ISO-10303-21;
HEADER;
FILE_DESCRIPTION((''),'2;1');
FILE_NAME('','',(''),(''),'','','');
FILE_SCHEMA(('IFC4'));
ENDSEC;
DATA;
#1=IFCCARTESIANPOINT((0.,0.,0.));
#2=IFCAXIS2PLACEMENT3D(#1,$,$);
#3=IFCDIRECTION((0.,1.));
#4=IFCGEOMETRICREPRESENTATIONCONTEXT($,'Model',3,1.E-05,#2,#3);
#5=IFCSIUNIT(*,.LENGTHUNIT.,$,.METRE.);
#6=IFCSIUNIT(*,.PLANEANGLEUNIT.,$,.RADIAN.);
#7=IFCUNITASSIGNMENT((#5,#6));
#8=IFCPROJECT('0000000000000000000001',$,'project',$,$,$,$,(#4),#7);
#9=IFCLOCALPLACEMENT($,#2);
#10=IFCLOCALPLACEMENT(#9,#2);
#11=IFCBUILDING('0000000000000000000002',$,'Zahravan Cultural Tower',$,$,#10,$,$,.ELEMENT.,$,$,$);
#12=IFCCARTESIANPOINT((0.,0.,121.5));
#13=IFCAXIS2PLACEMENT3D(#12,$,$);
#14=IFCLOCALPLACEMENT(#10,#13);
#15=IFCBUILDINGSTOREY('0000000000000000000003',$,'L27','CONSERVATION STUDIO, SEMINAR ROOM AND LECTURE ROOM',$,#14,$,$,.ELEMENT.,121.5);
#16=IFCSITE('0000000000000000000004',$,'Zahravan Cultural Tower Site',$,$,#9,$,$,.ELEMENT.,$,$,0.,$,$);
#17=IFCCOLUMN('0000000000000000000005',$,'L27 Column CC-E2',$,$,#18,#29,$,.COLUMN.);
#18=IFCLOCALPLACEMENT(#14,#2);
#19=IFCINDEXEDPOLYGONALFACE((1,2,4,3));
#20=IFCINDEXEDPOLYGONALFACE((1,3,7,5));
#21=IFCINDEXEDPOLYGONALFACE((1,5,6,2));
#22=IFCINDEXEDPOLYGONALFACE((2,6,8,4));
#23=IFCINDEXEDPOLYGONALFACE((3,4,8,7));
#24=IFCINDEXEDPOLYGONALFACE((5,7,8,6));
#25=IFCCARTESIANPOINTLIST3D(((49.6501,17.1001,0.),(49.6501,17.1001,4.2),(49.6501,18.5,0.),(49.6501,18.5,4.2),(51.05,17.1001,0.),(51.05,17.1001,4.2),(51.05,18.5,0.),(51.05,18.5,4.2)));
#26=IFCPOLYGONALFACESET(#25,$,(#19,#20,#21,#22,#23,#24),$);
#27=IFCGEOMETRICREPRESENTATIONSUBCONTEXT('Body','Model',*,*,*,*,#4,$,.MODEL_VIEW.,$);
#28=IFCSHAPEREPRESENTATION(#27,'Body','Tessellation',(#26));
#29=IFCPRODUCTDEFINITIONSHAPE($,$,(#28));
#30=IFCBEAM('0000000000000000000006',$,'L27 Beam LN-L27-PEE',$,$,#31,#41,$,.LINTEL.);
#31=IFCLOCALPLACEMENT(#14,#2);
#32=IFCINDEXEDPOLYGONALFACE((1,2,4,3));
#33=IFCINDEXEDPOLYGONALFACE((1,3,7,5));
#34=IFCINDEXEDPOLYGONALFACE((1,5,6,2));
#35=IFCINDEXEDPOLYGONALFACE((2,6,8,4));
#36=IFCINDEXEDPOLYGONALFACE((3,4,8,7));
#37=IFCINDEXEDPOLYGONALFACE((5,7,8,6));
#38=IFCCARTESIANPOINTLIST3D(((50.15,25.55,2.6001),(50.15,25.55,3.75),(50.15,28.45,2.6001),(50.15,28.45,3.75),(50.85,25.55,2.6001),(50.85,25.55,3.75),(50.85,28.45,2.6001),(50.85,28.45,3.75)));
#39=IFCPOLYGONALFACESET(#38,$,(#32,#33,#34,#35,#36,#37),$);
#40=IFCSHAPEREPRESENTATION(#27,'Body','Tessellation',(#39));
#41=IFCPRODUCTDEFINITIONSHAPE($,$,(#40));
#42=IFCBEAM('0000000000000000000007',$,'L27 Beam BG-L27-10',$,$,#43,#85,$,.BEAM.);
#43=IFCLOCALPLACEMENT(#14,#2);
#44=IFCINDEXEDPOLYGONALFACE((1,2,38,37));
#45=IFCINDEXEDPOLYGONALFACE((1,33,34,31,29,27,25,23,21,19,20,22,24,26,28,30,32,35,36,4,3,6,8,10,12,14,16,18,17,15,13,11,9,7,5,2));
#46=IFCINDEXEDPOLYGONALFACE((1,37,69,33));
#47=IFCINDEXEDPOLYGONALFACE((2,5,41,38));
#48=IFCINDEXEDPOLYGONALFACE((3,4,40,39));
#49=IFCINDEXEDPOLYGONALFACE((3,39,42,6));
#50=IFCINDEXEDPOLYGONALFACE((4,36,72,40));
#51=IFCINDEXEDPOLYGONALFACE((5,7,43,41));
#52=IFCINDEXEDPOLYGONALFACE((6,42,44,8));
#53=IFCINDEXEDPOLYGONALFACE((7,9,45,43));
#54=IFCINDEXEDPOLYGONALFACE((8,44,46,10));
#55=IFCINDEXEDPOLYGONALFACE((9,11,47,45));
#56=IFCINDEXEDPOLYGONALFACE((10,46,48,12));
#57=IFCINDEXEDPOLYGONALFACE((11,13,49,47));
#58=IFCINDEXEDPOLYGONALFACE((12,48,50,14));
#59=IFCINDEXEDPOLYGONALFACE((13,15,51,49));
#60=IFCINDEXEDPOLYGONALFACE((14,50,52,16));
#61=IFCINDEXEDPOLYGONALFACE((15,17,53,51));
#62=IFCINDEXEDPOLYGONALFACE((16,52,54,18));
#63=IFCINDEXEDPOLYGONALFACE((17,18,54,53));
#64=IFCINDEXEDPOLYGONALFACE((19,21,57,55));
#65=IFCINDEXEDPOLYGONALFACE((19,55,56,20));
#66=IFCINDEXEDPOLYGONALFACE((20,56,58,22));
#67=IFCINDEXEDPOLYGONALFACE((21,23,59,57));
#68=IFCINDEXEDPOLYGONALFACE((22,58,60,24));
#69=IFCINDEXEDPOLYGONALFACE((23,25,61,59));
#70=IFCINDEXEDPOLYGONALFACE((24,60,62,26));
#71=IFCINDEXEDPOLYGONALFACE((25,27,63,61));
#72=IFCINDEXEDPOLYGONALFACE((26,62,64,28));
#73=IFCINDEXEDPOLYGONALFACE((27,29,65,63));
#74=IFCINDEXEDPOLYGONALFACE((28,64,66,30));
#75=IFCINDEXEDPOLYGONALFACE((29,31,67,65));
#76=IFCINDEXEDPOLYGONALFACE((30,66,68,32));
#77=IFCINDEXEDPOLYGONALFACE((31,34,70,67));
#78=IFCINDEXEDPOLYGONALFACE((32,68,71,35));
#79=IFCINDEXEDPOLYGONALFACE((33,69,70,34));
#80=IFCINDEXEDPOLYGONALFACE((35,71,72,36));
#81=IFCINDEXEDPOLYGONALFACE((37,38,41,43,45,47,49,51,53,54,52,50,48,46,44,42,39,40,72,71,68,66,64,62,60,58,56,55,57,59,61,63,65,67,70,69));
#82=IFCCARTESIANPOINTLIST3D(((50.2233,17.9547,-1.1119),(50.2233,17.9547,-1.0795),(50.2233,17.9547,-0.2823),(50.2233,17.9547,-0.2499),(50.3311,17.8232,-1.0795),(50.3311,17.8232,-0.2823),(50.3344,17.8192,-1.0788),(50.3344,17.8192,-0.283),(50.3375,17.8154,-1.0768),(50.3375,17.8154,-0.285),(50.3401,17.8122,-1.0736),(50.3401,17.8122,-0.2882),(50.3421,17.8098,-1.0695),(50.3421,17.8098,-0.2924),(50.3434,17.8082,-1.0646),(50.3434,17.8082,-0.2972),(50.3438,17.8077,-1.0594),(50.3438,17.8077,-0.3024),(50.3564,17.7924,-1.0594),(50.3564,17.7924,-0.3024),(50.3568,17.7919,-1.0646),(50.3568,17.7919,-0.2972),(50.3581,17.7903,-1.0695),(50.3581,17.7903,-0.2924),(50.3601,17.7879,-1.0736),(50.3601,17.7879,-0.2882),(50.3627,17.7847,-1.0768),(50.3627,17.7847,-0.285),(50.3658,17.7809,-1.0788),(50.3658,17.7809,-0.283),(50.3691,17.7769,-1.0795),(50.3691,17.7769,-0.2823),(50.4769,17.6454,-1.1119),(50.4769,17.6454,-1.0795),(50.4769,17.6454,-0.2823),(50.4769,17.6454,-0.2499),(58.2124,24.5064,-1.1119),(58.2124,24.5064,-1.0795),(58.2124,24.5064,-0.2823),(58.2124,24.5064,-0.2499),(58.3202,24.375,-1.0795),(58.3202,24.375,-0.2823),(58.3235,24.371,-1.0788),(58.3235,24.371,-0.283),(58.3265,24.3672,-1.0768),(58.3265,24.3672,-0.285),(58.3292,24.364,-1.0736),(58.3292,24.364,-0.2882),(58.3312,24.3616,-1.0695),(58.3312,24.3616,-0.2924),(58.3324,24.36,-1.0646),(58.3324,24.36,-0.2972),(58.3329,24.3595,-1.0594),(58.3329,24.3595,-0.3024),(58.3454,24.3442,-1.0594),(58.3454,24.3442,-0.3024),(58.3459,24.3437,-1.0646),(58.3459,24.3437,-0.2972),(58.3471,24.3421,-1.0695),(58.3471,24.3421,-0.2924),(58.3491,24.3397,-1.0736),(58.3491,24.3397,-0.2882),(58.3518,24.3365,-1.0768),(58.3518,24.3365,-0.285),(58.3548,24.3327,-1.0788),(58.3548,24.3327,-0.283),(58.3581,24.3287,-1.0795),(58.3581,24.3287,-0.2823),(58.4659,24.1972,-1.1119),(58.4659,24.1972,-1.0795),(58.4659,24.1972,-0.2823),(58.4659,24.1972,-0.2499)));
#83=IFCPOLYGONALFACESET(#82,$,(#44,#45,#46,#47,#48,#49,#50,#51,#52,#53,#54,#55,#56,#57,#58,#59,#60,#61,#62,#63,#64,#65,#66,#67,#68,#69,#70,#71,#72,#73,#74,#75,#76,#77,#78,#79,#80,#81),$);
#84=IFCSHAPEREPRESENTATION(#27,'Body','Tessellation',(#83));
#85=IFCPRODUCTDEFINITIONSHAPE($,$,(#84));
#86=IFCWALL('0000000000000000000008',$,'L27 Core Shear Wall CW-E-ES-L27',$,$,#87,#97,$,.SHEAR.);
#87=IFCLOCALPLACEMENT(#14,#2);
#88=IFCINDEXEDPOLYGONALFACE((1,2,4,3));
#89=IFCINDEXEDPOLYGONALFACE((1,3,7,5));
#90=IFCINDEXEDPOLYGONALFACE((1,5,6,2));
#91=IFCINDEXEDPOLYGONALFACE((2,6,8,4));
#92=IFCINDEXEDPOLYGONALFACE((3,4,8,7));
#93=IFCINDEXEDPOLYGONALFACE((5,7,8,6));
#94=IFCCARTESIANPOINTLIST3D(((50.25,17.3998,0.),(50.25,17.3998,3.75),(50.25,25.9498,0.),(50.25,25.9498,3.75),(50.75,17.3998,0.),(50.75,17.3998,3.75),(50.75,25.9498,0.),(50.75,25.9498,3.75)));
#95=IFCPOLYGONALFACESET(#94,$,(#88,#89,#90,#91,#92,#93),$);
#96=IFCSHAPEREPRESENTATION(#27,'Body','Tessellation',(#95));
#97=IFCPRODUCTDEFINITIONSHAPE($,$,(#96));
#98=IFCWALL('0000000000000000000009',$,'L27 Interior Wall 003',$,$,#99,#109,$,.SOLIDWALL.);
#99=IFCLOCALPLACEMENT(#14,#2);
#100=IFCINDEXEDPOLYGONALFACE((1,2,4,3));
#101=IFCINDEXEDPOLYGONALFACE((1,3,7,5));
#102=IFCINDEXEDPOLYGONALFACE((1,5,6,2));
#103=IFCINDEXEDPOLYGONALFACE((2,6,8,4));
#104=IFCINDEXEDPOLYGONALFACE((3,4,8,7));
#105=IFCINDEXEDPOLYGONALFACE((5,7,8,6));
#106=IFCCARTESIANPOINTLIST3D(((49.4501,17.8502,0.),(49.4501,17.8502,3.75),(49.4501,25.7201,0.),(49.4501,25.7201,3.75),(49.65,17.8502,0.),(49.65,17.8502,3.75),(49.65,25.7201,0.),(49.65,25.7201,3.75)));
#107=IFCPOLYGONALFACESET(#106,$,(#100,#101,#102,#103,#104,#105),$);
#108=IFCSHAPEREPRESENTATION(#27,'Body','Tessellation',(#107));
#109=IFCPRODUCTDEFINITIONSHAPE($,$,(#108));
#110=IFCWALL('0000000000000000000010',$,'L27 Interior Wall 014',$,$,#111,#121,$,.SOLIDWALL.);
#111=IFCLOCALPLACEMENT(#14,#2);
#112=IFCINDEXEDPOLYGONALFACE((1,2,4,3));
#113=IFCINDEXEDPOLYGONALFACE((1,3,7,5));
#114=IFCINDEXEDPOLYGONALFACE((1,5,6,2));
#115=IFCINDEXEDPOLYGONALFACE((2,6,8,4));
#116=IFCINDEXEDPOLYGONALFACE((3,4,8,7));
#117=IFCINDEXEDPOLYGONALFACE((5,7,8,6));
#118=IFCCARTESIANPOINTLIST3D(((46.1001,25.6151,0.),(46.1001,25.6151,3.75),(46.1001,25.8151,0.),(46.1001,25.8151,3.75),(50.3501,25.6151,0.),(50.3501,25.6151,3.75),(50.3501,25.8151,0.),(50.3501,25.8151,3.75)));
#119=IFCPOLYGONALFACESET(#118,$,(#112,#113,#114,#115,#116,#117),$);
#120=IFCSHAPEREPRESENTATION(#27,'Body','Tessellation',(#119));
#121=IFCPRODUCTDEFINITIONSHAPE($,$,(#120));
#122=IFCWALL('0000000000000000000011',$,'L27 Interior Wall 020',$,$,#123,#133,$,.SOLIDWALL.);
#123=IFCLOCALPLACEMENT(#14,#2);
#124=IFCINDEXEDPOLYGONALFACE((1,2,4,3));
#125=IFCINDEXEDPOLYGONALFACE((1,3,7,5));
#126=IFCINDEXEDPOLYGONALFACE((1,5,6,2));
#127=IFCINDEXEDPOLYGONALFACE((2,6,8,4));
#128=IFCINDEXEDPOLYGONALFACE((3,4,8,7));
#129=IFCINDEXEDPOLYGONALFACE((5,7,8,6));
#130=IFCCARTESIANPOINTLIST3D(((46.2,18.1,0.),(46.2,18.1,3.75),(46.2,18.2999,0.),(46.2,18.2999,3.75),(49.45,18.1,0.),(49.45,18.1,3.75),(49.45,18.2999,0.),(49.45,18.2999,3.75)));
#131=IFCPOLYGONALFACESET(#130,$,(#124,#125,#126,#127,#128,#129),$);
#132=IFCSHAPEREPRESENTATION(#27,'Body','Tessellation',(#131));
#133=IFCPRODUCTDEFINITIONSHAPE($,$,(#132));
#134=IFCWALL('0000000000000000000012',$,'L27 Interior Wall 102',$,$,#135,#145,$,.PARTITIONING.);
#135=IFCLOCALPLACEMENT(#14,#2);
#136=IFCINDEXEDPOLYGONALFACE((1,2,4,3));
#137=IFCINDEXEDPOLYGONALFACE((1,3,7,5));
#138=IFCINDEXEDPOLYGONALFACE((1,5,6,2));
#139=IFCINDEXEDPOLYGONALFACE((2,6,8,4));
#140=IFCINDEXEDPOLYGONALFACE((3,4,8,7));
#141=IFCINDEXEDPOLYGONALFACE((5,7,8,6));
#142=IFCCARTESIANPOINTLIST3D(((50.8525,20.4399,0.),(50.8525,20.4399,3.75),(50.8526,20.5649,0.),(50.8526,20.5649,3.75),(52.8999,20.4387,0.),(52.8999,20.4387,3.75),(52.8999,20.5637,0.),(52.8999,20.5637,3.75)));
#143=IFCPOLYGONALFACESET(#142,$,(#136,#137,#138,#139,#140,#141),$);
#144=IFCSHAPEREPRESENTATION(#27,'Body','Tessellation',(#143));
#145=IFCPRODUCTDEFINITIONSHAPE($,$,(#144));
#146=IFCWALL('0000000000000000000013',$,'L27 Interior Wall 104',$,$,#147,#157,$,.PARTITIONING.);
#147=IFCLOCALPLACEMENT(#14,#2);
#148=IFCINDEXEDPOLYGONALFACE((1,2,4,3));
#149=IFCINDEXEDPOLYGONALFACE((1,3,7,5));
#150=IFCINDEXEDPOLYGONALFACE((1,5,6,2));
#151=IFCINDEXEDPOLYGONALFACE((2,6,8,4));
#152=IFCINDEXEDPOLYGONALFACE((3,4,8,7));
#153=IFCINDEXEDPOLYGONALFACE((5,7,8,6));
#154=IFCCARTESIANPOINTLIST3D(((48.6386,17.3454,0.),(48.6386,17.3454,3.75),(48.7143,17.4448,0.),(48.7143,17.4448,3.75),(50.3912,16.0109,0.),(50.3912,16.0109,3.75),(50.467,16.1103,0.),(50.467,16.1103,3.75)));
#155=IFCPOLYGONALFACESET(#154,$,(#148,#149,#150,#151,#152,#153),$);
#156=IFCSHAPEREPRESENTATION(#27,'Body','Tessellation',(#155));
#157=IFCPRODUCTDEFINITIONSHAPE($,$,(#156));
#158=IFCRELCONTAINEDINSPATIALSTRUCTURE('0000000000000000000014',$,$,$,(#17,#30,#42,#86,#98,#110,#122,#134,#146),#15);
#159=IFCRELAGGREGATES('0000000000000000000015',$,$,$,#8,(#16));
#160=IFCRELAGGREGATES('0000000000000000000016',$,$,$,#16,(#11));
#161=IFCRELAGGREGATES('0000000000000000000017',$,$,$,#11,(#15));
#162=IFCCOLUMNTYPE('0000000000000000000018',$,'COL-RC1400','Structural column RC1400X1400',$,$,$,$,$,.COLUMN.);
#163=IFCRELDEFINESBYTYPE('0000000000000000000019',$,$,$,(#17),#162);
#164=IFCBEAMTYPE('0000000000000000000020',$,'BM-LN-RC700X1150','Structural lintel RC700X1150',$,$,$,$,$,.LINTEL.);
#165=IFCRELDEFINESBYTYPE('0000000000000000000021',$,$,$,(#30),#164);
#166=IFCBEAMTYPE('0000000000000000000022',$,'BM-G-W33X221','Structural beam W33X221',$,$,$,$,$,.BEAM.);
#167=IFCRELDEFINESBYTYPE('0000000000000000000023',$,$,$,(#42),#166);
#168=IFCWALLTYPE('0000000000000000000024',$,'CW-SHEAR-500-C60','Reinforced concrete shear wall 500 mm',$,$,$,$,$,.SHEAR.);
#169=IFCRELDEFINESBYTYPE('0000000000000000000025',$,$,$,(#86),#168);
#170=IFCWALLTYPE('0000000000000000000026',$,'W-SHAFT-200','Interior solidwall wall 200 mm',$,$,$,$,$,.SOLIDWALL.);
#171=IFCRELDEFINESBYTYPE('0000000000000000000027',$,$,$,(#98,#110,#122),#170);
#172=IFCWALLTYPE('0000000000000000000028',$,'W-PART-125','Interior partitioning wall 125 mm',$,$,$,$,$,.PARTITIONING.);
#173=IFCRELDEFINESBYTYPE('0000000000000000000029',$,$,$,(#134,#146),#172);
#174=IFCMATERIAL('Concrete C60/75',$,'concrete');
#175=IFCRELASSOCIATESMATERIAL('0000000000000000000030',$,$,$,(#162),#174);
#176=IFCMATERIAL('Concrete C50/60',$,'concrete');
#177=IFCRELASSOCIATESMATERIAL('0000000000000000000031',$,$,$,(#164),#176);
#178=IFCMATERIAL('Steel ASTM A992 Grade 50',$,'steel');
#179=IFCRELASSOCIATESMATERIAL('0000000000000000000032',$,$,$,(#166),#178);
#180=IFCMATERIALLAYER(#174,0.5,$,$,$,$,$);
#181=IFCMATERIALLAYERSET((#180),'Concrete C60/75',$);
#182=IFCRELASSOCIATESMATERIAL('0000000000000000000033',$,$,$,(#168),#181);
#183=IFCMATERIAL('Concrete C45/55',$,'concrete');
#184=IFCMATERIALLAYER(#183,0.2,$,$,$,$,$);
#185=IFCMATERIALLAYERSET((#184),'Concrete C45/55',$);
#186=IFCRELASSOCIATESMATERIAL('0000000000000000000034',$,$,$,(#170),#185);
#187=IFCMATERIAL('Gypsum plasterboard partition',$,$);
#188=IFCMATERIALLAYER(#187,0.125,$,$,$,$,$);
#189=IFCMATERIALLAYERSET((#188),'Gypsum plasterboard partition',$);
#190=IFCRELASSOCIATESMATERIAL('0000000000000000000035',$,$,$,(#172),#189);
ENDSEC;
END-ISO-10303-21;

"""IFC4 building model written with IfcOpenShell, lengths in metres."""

from ifc_helpers import new_model, si_unit, direction, frame, frame_2d, origin, origin_2d, place, context, subcontext, project, spatial, rectangle, i_section, extrude, source, transform, mapped, material, layer, layer_set, material_profile, profile_set, type_object, element, save


model = new_model("IFC4")

# Units and contexts
model_context = context("Model", 3, precision=1e-05, world=origin(), true_north=direction((0.0, 1.0)))
body_context = subcontext(model_context, "Body", "Model", "MODEL_VIEW")
ifc_project = project(units=[si_unit("LENGTHUNIT", "METRE"), si_unit("PLANEANGLEUNIT", "RADIAN")], contexts=[model_context])

# Site, building, storey
site_placement = place(None, origin())
site = spatial("IfcSite", under=ifc_project, at=site_placement, Name="Zahravan Cultural Tower Site", CompositionType="ELEMENT", RefElevation=0.0)
building_placement = place(site_placement, origin())
building = spatial("IfcBuilding", under=site, at=building_placement, Name="Zahravan Cultural Tower", CompositionType="ELEMENT")
storey_placement = place(building_placement, frame((0.0, 0.0, 121.5)))
storey = spatial("IfcBuildingStorey", under=building, at=storey_placement, Name="L27", Description="CONSERVATION STUDIO, SEMINAR ROOM AND LECTURE ROOM", CompositionType="ELEMENT", Elevation=121.5)

# Column
ifc_material_1 = material(Name="Concrete C60/75", Category="concrete")
ifc_material_profile_1 = material_profile(ifc_material_1, rectangle(XDim=1.3999, YDim=1.3999, at=origin_2d()), Name="RC1400X1400")
ifc_profile_set_1 = profile_set([ifc_material_profile_1], Name="Concrete C60/75")
column_type = type_object("IfcColumnType", Name="COL-RC1400", Description="Structural column RC1400X1400", PredefinedType="COLUMN", material=ifc_profile_set_1)
shared_shape_1 = source(origin(), body_context, "Body", "SweptSolid", [
    extrude(rectangle(XDim=1.3999, YDim=1.3999, at=origin_2d()), origin(), (0.0, 0.0, 1.0), 4.2),
])
column_placement = place(storey_placement, frame((50.3501, 17.8, 0.0), z_axis=(0.0, 0.0, 1.0), x_axis=(1.0, 0.0, 0.0)))
element("IfcColumn", 1, at=column_placement, inside=storey, type_object=column_type, Name="L27 Column CC-E2", PredefinedType="COLUMN", context=body_context, shape_type="MappedRepresentation", body=[
    mapped(shared_shape_1, transform((0.0, 0.0, 0.0), x_axis=(1.0, 0.0, 0.0), y_axis=(0.0, 1.0, 0.0), z_axis=(0.0, 0.0, 1.0), scale=1.0)),
])

# Beams
ifc_material_2 = material(Name="Concrete C50/60", Category="concrete")
ifc_material_profile_2 = material_profile(ifc_material_2, rectangle(XDim=0.7, YDim=1.1499, at=origin_2d()), Name="RC700X1150")
ifc_profile_set_2 = profile_set([ifc_material_profile_2], Name="Concrete C50/60")
beam_type_1 = type_object("IfcBeamType", Name="BM-LN-RC700X1150", Description="Structural lintel RC700X1150", PredefinedType="LINTEL", material=ifc_profile_set_2)
shared_shape_2 = source(origin(), body_context, "Body", "SweptSolid", [
    extrude(rectangle(XDim=0.7, YDim=1.1499, at=origin_2d()), origin(), (0.0, 0.0, 1.0), 2.8999),
])
beam_1_placement = place(storey_placement, frame((50.5, 25.55, 3.175), z_axis=(0.0, 1.0, 0.0), x_axis=(-1.0, 0.0, 0.0)))
element("IfcBeam", 2, at=beam_1_placement, inside=storey, type_object=beam_type_1, Name="L27 Beam LN-L27-PEE", PredefinedType="LINTEL", context=body_context, shape_type="MappedRepresentation", body=[
    mapped(shared_shape_2, transform((0.0, 0.0, 0.0), x_axis=(1.0, 0.0, 0.0), y_axis=(0.0, 1.0, 0.0), z_axis=(0.0, 0.0, 1.0), scale=1.0)),
])
ifc_material_3 = material(Name="Steel ASTM A992 Grade 50", Category="steel")
ifc_material_profile_3 = material_profile(ifc_material_3, i_section(OverallWidth=0.3999, OverallDepth=0.8621, WebThickness=0.0198, FlangeThickness=0.0325, FilletRadius=0.02, at=origin_2d()), Name="W33X221")
ifc_profile_set_3 = profile_set([ifc_material_profile_3], Name="Steel ASTM A992 Grade 50")
beam_type_2 = type_object("IfcBeamType", Name="BM-G-W33X221", Description="Structural beam W33X221", PredefinedType="BEAM", material=ifc_profile_set_3)
shared_shape_3 = source(origin(), body_context, "Body", "SweptSolid", [
    extrude(i_section(OverallWidth=0.3999, OverallDepth=0.8621, WebThickness=0.0198, FlangeThickness=0.0325, FilletRadius=0.02, at=origin_2d()), origin(), (0.0, 0.0, 1.0), 10.332),
])
beam_2_placement = place(storey_placement, frame((50.3501, 17.8, -0.6809), z_axis=(0.773231, 0.634124, 0.0), x_axis=(-0.634124, 0.773231, 0.0)))
element("IfcBeam", 3, at=beam_2_placement, inside=storey, type_object=beam_type_2, Name="L27 Beam BG-L27-10", PredefinedType="BEAM", context=body_context, shape_type="MappedRepresentation", body=[
    mapped(shared_shape_3, transform((0.0, 0.0, 0.0), x_axis=(1.0, 0.0, 0.0), y_axis=(0.0, 1.0, 0.0), z_axis=(0.0, 0.0, 1.0), scale=1.0)),
])

# Walls
ifc_layer_1 = layer(ifc_material_1, 0.5)
ifc_layer_set_1 = layer_set([ifc_layer_1], Name="Concrete C60/75")
wall_type_1 = type_object("IfcWallType", Name="CW-SHEAR-500-C60", Description="Reinforced concrete shear wall 500 mm", PredefinedType="SHEAR", material=ifc_layer_set_1)
shared_shape_4 = source(origin(), body_context, "Body", "SweptSolid", [
    extrude(rectangle(XDim=8.55, YDim=0.5, at=frame_2d((4.2749, 0.0))), origin(), (0.0, 0.0, 1.0), 3.75),
])
wall_1_placement = place(storey_placement, frame((50.5, 17.3999, 0.0), z_axis=(0.0, 0.0, 1.0), x_axis=(0.0, 1.0, 0.0)))
element("IfcWall", 4, at=wall_1_placement, inside=storey, type_object=wall_type_1, Name="L27 Core Shear Wall CW-E-ES-L27", PredefinedType="SHEAR", context=body_context, shape_type="MappedRepresentation", body=[
    mapped(shared_shape_4, transform((0.0, 0.0, 0.0), x_axis=(1.0, 0.0, 0.0), y_axis=(0.0, 1.0, 0.0), z_axis=(0.0, 0.0, 1.0), scale=1.0)),
])
ifc_material_4 = material(Name="Concrete C45/55", Category="concrete")
ifc_layer_2 = layer(ifc_material_4, 0.2)
ifc_layer_set_2 = layer_set([ifc_layer_2], Name="Concrete C45/55")
wall_type_2 = type_object("IfcWallType", Name="W-SHAFT-200", Description="Interior solidwall wall 200 mm", PredefinedType="SOLIDWALL", material=ifc_layer_set_2)
shared_shape_5 = source(origin(), body_context, "Body", "SweptSolid", [
    extrude(rectangle(XDim=7.8699, YDim=0.2, at=frame_2d((3.9351, 0.0))), origin(), (0.0, 0.0, 1.0), 3.75),
])
wall_2_placement = place(storey_placement, frame((49.55, 17.8501, 0.0), z_axis=(0.0, 0.0, 1.0), x_axis=(0.0, 1.0, 0.0)))
element("IfcWall", 5, at=wall_2_placement, inside=storey, type_object=wall_type_2, Name="L27 Interior Wall 003", PredefinedType="SOLIDWALL", context=body_context, shape_type="MappedRepresentation", body=[
    mapped(shared_shape_5, transform((0.0, 0.0, 0.0), x_axis=(1.0, 0.0, 0.0), y_axis=(0.0, 1.0, 0.0), z_axis=(0.0, 0.0, 1.0), scale=1.0)),
])
shared_shape_6 = source(origin(), body_context, "Body", "SweptSolid", [
    extrude(rectangle(XDim=4.25, YDim=0.2, at=frame_2d((2.125, 0.0))), origin(), (0.0, 0.0, 1.0), 3.75),
])
wall_3_placement = place(storey_placement, frame((46.1001, 25.7151, 0.0), z_axis=(0.0, 0.0, 1.0), x_axis=(1.0, 0.0, 0.0)))
element("IfcWall", 6, at=wall_3_placement, inside=storey, type_object=wall_type_2, Name="L27 Interior Wall 014", PredefinedType="SOLIDWALL", context=body_context, shape_type="MappedRepresentation", body=[
    mapped(shared_shape_6, transform((0.0, 0.0, 0.0), x_axis=(1.0, 0.0, 0.0), y_axis=(0.0, 1.0, 0.0), z_axis=(0.0, 0.0, 1.0), scale=1.0)),
])
shared_shape_7 = source(origin(), body_context, "Body", "SweptSolid", [
    extrude(rectangle(XDim=3.25, YDim=0.2, at=frame_2d((1.625, 0.0))), origin(), (0.0, 0.0, 1.0), 3.75),
])
wall_4_placement = place(storey_placement, frame((46.2, 18.2, 0.0), z_axis=(0.0, 0.0, 1.0), x_axis=(1.0, 0.0, 0.0)))
element("IfcWall", 7, at=wall_4_placement, inside=storey, type_object=wall_type_2, Name="L27 Interior Wall 020", PredefinedType="SOLIDWALL", context=body_context, shape_type="MappedRepresentation", body=[
    mapped(shared_shape_7, transform((0.0, 0.0, 0.0), x_axis=(1.0, 0.0, 0.0), y_axis=(0.0, 1.0, 0.0), z_axis=(0.0, 0.0, 1.0), scale=1.0)),
])
ifc_material_5 = material(Name="Gypsum plasterboard partition")
ifc_layer_3 = layer(ifc_material_5, 0.125)
ifc_layer_set_3 = layer_set([ifc_layer_3], Name="Gypsum plasterboard partition")
wall_type_3 = type_object("IfcWallType", Name="W-PART-125", Description="Interior partitioning wall 125 mm", PredefinedType="PARTITIONING", material=ifc_layer_set_3)
shared_shape_8 = source(origin(), body_context, "Body", "SweptSolid", [
    extrude(rectangle(XDim=2.0474, YDim=0.125, at=frame_2d((1.0237, 0.0))), origin(), (0.0, 0.0, 1.0), 3.75),
])
wall_5_placement = place(storey_placement, frame((50.8525, 20.5024, 0.0), z_axis=(0.0, 0.0, 1.0), x_axis=(1.0, -0.000596, 0.0)))
element("IfcWall", 8, at=wall_5_placement, inside=storey, type_object=wall_type_3, Name="L27 Interior Wall 102", PredefinedType="PARTITIONING", context=body_context, shape_type="MappedRepresentation", body=[
    mapped(shared_shape_8, transform((0.0, 0.0, 0.0), x_axis=(1.0, 0.0, 0.0), y_axis=(0.0, 1.0, 0.0), z_axis=(0.0, 0.0, 1.0), scale=1.0)),
])
shared_shape_9 = source(origin(), body_context, "Body", "SweptSolid", [
    extrude(rectangle(XDim=2.2029, YDim=0.125, at=frame_2d((1.1016, 0.0))), origin(), (0.0, 0.0, 1.0), 3.75),
])
wall_6_placement = place(storey_placement, frame((50.4292, 16.0605, 0.0), z_axis=(0.0, 0.0, 1.0), x_axis=(-0.79563, 0.605783, 0.0)))
element("IfcWall", 9, at=wall_6_placement, inside=storey, type_object=wall_type_3, Name="L27 Interior Wall 104", PredefinedType="PARTITIONING", context=body_context, shape_type="MappedRepresentation", body=[
    mapped(shared_shape_9, transform((0.0, 0.0, 0.0), x_axis=(1.0, 0.0, 0.0), y_axis=(0.0, 1.0, 0.0), z_axis=(0.0, 0.0, 1.0), scale=1.0)),
])

save(model, "model.ifc")
